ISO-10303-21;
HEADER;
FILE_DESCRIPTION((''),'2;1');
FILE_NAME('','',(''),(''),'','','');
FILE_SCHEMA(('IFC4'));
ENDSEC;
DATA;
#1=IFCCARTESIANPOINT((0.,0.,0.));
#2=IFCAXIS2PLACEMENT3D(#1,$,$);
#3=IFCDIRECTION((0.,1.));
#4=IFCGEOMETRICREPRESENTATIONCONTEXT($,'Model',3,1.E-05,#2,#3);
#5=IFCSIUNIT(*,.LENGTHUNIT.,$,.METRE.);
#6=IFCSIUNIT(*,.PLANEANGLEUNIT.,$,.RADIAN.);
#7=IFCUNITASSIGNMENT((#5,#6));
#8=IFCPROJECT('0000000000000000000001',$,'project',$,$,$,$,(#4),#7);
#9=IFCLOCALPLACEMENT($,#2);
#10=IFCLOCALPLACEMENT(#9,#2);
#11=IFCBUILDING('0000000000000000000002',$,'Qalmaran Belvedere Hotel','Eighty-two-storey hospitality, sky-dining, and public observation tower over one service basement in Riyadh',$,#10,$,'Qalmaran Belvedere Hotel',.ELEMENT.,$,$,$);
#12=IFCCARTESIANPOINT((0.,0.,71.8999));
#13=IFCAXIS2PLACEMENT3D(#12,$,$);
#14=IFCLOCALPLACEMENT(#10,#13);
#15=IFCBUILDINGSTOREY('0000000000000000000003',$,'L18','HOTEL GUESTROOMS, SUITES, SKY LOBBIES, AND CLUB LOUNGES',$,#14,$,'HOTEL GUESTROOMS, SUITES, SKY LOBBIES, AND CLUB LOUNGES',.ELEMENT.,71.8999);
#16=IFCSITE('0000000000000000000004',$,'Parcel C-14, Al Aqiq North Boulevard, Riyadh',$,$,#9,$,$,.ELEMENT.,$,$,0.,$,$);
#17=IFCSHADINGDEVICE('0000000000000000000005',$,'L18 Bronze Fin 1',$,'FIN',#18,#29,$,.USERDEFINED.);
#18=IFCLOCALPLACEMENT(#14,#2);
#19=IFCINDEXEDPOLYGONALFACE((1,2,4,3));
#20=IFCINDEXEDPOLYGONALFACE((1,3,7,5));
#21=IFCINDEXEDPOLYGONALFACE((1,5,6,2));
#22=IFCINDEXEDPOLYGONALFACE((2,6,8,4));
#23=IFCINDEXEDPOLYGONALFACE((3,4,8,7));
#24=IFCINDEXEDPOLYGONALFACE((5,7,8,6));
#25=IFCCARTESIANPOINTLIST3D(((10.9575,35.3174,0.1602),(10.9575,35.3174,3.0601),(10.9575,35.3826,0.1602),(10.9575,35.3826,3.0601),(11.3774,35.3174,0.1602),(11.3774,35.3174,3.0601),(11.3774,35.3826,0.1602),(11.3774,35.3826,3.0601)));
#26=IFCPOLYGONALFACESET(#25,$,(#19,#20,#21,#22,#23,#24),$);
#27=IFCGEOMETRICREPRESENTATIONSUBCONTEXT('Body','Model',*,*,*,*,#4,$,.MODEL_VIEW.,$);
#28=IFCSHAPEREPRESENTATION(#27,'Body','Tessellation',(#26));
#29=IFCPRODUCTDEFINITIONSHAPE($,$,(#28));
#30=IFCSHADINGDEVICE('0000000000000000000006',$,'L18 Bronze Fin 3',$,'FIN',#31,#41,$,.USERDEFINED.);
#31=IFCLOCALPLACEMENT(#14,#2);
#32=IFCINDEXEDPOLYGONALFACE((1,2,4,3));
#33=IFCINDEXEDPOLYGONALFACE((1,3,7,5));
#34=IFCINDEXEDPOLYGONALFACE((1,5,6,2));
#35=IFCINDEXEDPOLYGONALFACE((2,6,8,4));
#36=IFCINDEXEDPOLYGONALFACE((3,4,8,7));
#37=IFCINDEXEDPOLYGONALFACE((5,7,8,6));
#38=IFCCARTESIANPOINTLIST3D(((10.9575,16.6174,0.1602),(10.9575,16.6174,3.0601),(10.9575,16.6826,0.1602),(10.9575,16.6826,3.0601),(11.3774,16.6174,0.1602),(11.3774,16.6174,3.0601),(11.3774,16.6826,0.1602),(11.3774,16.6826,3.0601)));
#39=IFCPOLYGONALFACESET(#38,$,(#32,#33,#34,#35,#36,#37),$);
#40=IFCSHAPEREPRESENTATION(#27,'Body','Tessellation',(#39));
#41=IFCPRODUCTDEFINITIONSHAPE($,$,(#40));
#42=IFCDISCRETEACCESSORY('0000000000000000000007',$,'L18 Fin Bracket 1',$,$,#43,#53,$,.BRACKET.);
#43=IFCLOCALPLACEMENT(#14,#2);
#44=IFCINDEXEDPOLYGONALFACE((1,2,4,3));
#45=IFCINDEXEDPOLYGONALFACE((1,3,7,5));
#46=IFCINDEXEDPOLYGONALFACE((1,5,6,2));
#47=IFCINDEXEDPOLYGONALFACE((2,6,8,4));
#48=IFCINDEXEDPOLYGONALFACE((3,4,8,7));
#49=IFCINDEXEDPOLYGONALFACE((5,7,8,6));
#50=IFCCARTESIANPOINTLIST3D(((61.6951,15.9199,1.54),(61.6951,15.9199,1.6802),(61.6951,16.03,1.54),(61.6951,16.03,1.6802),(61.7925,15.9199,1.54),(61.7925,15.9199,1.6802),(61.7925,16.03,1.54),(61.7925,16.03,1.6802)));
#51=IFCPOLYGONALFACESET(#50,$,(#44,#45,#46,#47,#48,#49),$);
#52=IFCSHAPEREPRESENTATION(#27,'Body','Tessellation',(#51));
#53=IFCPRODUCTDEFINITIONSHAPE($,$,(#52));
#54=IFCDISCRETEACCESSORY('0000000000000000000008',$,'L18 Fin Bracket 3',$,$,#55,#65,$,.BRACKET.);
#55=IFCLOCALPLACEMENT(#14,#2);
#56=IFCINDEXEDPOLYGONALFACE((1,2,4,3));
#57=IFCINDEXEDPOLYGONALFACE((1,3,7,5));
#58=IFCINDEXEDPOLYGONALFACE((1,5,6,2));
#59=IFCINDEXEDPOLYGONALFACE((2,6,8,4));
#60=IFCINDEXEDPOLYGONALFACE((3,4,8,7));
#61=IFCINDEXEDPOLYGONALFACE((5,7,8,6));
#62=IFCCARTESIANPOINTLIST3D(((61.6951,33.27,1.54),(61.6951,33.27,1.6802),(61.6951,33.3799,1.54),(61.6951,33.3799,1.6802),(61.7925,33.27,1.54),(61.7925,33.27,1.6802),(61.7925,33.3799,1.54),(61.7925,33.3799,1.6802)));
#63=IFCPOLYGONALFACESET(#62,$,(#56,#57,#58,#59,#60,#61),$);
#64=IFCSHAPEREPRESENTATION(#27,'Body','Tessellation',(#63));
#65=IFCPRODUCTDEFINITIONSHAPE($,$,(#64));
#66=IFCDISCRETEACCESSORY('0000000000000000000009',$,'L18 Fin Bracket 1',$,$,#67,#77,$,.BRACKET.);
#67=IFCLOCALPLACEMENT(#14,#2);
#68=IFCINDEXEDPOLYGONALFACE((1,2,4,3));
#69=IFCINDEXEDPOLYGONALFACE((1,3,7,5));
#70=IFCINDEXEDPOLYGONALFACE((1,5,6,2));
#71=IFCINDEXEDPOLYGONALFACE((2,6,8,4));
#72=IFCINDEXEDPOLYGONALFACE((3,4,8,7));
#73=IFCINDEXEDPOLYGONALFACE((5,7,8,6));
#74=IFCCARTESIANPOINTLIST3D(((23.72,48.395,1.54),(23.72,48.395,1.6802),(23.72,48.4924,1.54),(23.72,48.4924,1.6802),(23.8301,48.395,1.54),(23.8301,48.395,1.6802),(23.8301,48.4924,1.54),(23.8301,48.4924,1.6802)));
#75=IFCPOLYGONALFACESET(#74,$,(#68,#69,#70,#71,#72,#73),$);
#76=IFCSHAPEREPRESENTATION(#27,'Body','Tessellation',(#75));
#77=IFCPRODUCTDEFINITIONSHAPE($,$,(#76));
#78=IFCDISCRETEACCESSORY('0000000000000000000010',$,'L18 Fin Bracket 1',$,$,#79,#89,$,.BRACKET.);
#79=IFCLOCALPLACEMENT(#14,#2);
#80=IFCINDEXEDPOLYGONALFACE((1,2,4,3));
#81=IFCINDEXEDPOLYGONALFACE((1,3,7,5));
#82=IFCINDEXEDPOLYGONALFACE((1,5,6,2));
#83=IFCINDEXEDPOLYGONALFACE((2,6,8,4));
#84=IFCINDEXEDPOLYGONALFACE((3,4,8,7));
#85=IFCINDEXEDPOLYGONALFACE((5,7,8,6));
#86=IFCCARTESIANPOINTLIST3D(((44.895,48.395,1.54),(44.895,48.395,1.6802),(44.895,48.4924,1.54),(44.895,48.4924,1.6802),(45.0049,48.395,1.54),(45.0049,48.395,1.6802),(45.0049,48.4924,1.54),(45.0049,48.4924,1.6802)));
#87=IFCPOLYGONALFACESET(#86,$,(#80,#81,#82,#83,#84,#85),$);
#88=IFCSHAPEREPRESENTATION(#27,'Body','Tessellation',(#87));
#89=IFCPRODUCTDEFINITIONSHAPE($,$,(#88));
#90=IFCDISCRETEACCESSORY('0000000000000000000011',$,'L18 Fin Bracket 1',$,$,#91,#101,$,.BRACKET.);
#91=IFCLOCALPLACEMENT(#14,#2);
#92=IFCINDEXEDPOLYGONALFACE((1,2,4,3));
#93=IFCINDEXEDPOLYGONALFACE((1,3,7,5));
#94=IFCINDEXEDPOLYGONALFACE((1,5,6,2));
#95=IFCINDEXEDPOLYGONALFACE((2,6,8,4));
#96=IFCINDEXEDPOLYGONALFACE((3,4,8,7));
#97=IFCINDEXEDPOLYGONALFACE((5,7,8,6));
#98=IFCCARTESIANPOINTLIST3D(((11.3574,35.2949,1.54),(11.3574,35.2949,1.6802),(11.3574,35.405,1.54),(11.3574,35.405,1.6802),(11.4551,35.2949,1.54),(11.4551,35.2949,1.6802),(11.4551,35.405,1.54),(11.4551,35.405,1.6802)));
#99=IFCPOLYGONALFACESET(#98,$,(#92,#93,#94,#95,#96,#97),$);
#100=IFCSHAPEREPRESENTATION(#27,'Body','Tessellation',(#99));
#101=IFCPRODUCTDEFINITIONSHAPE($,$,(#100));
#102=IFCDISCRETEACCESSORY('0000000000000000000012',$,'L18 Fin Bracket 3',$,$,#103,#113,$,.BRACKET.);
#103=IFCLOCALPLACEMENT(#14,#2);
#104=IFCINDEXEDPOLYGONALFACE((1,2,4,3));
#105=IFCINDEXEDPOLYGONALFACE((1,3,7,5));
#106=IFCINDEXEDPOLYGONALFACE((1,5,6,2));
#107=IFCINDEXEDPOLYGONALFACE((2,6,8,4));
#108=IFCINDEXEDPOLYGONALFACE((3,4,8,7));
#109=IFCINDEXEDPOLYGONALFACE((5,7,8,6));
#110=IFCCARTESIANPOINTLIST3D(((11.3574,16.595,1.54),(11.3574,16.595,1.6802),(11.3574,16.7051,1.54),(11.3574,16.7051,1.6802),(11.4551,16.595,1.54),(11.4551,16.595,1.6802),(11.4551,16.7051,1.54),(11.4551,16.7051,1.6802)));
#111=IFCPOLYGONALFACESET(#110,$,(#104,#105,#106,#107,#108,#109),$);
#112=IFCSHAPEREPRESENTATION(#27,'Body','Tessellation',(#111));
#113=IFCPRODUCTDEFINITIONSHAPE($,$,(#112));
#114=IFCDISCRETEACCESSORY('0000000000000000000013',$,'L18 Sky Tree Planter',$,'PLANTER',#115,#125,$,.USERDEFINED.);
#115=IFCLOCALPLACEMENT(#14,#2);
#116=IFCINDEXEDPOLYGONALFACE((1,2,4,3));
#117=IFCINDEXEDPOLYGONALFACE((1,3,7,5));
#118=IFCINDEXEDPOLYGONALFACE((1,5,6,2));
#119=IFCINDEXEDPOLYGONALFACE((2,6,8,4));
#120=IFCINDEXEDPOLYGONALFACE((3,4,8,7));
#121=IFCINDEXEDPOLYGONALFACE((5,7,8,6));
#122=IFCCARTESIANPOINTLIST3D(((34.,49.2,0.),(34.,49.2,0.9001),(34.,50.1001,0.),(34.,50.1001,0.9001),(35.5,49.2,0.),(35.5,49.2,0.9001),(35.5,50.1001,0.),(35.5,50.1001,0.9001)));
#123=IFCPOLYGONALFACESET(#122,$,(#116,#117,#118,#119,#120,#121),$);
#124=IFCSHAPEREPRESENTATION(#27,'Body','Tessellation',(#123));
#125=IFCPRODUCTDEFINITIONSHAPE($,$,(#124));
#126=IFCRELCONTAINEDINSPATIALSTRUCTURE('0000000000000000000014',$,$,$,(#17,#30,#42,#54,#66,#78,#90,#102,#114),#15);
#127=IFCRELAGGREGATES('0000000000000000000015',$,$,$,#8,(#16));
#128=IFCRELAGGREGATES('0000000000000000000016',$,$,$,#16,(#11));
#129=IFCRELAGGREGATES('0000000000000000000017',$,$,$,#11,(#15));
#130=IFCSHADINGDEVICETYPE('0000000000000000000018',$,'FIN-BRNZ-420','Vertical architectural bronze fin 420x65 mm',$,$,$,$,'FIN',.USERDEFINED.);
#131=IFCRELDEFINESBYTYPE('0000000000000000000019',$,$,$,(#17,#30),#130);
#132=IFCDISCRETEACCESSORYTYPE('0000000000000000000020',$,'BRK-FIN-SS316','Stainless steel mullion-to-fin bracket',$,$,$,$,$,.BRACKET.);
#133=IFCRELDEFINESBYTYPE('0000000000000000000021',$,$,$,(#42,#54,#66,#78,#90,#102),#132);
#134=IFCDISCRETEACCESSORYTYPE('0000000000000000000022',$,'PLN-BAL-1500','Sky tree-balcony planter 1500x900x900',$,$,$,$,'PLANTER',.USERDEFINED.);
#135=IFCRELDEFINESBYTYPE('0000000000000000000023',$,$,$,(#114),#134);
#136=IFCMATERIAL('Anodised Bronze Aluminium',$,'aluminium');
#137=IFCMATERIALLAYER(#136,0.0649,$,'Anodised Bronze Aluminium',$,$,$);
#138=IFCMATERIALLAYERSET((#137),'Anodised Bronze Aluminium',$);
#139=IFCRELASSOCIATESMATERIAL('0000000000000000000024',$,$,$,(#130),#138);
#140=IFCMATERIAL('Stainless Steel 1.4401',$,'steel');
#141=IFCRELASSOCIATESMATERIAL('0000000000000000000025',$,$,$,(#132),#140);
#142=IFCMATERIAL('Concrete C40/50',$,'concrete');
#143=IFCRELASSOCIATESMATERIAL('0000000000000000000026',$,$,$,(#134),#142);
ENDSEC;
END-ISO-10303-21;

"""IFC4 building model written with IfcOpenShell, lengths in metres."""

from ifc_helpers import new_model, si_unit, direction, frame, origin, place, context, subcontext, project, spatial, polyline, outline, extrude, material, layer, layer_set, type_object, element, save


model = new_model("IFC4")

# Units and contexts
model_context = context("Model", 3, precision=1e-05, world=origin(), true_north=direction((0.0, 1.0)))
body_context = subcontext(model_context, "Body", "Model", "MODEL_VIEW")
ifc_project = project(units=[si_unit("LENGTHUNIT", "METRE"), si_unit("PLANEANGLEUNIT", "RADIAN")], contexts=[model_context])

# Site, building, storey
site_placement = place(None, origin())
site = spatial("IfcSite", under=ifc_project, at=site_placement, Name="Parcel C-14, Al Aqiq North Boulevard, Riyadh", CompositionType="ELEMENT", RefElevation=0.0)
building_placement = place(site_placement, origin())
building = spatial("IfcBuilding", under=site, at=building_placement, Name="Qalmaran Belvedere Hotel", Description="Eighty-two-storey hospitality, sky-dining, and public observation tower over one service basement in Riyadh", LongName="Qalmaran Belvedere Hotel", CompositionType="ELEMENT")
storey_placement = place(building_placement, frame((0.0, 0.0, 71.8999)))
storey = spatial("IfcBuildingStorey", under=building, at=storey_placement, Name="L18", Description="HOTEL GUESTROOMS, SUITES, SKY LOBBIES, AND CLUB LOUNGES", LongName="HOTEL GUESTROOMS, SUITES, SKY LOBBIES, AND CLUB LOUNGES", CompositionType="ELEMENT", Elevation=71.8999)

# Shared definitions
ifc_material_1 = material(Name="Anodised Bronze Aluminium", Category="aluminium")

# Shared definitions
ifc_material_2 = material(Name="Concrete C40/50", Category="concrete")

# Shading devices
ifc_layer_1 = layer(ifc_material_1, 0.0649, Name="Anodised Bronze Aluminium")
ifc_layer_set_1 = layer_set([ifc_layer_1], Name="Anodised Bronze Aluminium")
shading_device_type = type_object("IfcShadingDeviceType", Name="FIN-BRNZ-420", Description="Vertical architectural bronze fin 420x65 mm", ElementType="FIN", PredefinedType="USERDEFINED", material=ifc_layer_set_1)
shading_device_1_placement = place(storey_placement, frame((0.0, 0.0, 0.1602)))
element("IfcShadingDevice", 1, at=shading_device_1_placement, inside=storey, type_object=shading_device_type, Name="L18 Bronze Fin 1", ObjectType="FIN", PredefinedType="USERDEFINED", context=body_context, shape_type="SweptSolid", body=[
    extrude(outline(polyline([(11.3774, 35.3826), (10.9575, 35.3826), (10.9575, 35.3174), (11.3774, 35.3174), (11.3774, 35.3826)])), origin(), (0.0, 0.0, 1.0), 2.8999),
])
shading_device_2_placement = place(storey_placement, frame((0.0, 0.0, 0.1602)))
element("IfcShadingDevice", 2, at=shading_device_2_placement, inside=storey, type_object=shading_device_type, Name="L18 Bronze Fin 3", ObjectType="FIN", PredefinedType="USERDEFINED", context=body_context, shape_type="SweptSolid", body=[
    extrude(outline(polyline([(11.3774, 16.6826), (10.9575, 16.6826), (10.9575, 16.6174), (11.3774, 16.6174), (11.3774, 16.6826)])), origin(), (0.0, 0.0, 1.0), 2.8999),
])

# Discrete accessories
ifc_material_3 = material(Name="Stainless Steel 1.4401", Category="steel")
discrete_accessory_type_1 = type_object("IfcDiscreteAccessoryType", Name="BRK-FIN-SS316", Description="Stainless steel mullion-to-fin bracket", PredefinedType="BRACKET", material=ifc_material_3)
discrete_accessory_1_placement = place(storey_placement, frame((0.0, 0.0, 1.54)))
element("IfcDiscreteAccessory", 3, at=discrete_accessory_1_placement, inside=storey, type_object=discrete_accessory_type_1, Name="L18 Fin Bracket 1", PredefinedType="BRACKET", context=body_context, shape_type="SweptSolid", body=[
    extrude(outline(polyline([(61.6951, 15.9199), (61.7925, 15.9199), (61.7925, 16.03), (61.6951, 16.03), (61.6951, 15.9199)])), origin(), (0.0, 0.0, 1.0), 0.1401),
])
discrete_accessory_2_placement = place(storey_placement, frame((0.0, 0.0, 1.54)))
element("IfcDiscreteAccessory", 4, at=discrete_accessory_2_placement, inside=storey, type_object=discrete_accessory_type_1, Name="L18 Fin Bracket 3", PredefinedType="BRACKET", context=body_context, shape_type="SweptSolid", body=[
    extrude(outline(polyline([(61.6951, 33.27), (61.7925, 33.27), (61.7925, 33.3799), (61.6951, 33.3799), (61.6951, 33.27)])), origin(), (0.0, 0.0, 1.0), 0.1401),
])
discrete_accessory_3_placement = place(storey_placement, frame((0.0, 0.0, 1.54)))
element("IfcDiscreteAccessory", 5, at=discrete_accessory_3_placement, inside=storey, type_object=discrete_accessory_type_1, Name="L18 Fin Bracket 1", PredefinedType="BRACKET", context=body_context, shape_type="SweptSolid", body=[
    extrude(outline(polyline([(23.8301, 48.395), (23.8301, 48.4924), (23.72, 48.4924), (23.72, 48.395), (23.8301, 48.395)])), origin(), (0.0, 0.0, 1.0), 0.1401),
])
discrete_accessory_4_placement = place(storey_placement, frame((0.0, 0.0, 1.54)))
element("IfcDiscreteAccessory", 6, at=discrete_accessory_4_placement, inside=storey, type_object=discrete_accessory_type_1, Name="L18 Fin Bracket 1", PredefinedType="BRACKET", context=body_context, shape_type="SweptSolid", body=[
    extrude(outline(polyline([(45.0049, 48.395), (45.0049, 48.4924), (44.895, 48.4924), (44.895, 48.395), (45.0049, 48.395)])), origin(), (0.0, 0.0, 1.0), 0.1401),
])
discrete_accessory_5_placement = place(storey_placement, frame((0.0, 0.0, 1.54)))
element("IfcDiscreteAccessory", 7, at=discrete_accessory_5_placement, inside=storey, type_object=discrete_accessory_type_1, Name="L18 Fin Bracket 1", PredefinedType="BRACKET", context=body_context, shape_type="SweptSolid", body=[
    extrude(outline(polyline([(11.4551, 35.405), (11.3574, 35.405), (11.3574, 35.2949), (11.4551, 35.2949), (11.4551, 35.405)])), origin(), (0.0, 0.0, 1.0), 0.1401),
])
discrete_accessory_6_placement = place(storey_placement, frame((0.0, 0.0, 1.54)))
element("IfcDiscreteAccessory", 8, at=discrete_accessory_6_placement, inside=storey, type_object=discrete_accessory_type_1, Name="L18 Fin Bracket 3", PredefinedType="BRACKET", context=body_context, shape_type="SweptSolid", body=[
    extrude(outline(polyline([(11.4551, 16.7051), (11.3574, 16.7051), (11.3574, 16.595), (11.4551, 16.595), (11.4551, 16.7051)])), origin(), (0.0, 0.0, 1.0), 0.1401),
])
discrete_accessory_type_2 = type_object("IfcDiscreteAccessoryType", Name="PLN-BAL-1500", Description="Sky tree-balcony planter 1500x900x900", ElementType="PLANTER", PredefinedType="USERDEFINED", material=ifc_material_2)
discrete_accessory_7_placement = place(storey_placement, origin())
element("IfcDiscreteAccessory", 9, at=discrete_accessory_7_placement, inside=storey, type_object=discrete_accessory_type_2, Name="L18 Sky Tree Planter", ObjectType="PLANTER", PredefinedType="USERDEFINED", context=body_context, shape_type="SweptSolid", body=[
    extrude(outline(polyline([(34.0, 49.2), (35.5, 49.2), (35.5, 50.1001), (34.0, 50.1001), (34.0, 49.2)])), origin(), (0.0, 0.0, 1.0), 0.9001),
])

save(model, "model.ifc")
